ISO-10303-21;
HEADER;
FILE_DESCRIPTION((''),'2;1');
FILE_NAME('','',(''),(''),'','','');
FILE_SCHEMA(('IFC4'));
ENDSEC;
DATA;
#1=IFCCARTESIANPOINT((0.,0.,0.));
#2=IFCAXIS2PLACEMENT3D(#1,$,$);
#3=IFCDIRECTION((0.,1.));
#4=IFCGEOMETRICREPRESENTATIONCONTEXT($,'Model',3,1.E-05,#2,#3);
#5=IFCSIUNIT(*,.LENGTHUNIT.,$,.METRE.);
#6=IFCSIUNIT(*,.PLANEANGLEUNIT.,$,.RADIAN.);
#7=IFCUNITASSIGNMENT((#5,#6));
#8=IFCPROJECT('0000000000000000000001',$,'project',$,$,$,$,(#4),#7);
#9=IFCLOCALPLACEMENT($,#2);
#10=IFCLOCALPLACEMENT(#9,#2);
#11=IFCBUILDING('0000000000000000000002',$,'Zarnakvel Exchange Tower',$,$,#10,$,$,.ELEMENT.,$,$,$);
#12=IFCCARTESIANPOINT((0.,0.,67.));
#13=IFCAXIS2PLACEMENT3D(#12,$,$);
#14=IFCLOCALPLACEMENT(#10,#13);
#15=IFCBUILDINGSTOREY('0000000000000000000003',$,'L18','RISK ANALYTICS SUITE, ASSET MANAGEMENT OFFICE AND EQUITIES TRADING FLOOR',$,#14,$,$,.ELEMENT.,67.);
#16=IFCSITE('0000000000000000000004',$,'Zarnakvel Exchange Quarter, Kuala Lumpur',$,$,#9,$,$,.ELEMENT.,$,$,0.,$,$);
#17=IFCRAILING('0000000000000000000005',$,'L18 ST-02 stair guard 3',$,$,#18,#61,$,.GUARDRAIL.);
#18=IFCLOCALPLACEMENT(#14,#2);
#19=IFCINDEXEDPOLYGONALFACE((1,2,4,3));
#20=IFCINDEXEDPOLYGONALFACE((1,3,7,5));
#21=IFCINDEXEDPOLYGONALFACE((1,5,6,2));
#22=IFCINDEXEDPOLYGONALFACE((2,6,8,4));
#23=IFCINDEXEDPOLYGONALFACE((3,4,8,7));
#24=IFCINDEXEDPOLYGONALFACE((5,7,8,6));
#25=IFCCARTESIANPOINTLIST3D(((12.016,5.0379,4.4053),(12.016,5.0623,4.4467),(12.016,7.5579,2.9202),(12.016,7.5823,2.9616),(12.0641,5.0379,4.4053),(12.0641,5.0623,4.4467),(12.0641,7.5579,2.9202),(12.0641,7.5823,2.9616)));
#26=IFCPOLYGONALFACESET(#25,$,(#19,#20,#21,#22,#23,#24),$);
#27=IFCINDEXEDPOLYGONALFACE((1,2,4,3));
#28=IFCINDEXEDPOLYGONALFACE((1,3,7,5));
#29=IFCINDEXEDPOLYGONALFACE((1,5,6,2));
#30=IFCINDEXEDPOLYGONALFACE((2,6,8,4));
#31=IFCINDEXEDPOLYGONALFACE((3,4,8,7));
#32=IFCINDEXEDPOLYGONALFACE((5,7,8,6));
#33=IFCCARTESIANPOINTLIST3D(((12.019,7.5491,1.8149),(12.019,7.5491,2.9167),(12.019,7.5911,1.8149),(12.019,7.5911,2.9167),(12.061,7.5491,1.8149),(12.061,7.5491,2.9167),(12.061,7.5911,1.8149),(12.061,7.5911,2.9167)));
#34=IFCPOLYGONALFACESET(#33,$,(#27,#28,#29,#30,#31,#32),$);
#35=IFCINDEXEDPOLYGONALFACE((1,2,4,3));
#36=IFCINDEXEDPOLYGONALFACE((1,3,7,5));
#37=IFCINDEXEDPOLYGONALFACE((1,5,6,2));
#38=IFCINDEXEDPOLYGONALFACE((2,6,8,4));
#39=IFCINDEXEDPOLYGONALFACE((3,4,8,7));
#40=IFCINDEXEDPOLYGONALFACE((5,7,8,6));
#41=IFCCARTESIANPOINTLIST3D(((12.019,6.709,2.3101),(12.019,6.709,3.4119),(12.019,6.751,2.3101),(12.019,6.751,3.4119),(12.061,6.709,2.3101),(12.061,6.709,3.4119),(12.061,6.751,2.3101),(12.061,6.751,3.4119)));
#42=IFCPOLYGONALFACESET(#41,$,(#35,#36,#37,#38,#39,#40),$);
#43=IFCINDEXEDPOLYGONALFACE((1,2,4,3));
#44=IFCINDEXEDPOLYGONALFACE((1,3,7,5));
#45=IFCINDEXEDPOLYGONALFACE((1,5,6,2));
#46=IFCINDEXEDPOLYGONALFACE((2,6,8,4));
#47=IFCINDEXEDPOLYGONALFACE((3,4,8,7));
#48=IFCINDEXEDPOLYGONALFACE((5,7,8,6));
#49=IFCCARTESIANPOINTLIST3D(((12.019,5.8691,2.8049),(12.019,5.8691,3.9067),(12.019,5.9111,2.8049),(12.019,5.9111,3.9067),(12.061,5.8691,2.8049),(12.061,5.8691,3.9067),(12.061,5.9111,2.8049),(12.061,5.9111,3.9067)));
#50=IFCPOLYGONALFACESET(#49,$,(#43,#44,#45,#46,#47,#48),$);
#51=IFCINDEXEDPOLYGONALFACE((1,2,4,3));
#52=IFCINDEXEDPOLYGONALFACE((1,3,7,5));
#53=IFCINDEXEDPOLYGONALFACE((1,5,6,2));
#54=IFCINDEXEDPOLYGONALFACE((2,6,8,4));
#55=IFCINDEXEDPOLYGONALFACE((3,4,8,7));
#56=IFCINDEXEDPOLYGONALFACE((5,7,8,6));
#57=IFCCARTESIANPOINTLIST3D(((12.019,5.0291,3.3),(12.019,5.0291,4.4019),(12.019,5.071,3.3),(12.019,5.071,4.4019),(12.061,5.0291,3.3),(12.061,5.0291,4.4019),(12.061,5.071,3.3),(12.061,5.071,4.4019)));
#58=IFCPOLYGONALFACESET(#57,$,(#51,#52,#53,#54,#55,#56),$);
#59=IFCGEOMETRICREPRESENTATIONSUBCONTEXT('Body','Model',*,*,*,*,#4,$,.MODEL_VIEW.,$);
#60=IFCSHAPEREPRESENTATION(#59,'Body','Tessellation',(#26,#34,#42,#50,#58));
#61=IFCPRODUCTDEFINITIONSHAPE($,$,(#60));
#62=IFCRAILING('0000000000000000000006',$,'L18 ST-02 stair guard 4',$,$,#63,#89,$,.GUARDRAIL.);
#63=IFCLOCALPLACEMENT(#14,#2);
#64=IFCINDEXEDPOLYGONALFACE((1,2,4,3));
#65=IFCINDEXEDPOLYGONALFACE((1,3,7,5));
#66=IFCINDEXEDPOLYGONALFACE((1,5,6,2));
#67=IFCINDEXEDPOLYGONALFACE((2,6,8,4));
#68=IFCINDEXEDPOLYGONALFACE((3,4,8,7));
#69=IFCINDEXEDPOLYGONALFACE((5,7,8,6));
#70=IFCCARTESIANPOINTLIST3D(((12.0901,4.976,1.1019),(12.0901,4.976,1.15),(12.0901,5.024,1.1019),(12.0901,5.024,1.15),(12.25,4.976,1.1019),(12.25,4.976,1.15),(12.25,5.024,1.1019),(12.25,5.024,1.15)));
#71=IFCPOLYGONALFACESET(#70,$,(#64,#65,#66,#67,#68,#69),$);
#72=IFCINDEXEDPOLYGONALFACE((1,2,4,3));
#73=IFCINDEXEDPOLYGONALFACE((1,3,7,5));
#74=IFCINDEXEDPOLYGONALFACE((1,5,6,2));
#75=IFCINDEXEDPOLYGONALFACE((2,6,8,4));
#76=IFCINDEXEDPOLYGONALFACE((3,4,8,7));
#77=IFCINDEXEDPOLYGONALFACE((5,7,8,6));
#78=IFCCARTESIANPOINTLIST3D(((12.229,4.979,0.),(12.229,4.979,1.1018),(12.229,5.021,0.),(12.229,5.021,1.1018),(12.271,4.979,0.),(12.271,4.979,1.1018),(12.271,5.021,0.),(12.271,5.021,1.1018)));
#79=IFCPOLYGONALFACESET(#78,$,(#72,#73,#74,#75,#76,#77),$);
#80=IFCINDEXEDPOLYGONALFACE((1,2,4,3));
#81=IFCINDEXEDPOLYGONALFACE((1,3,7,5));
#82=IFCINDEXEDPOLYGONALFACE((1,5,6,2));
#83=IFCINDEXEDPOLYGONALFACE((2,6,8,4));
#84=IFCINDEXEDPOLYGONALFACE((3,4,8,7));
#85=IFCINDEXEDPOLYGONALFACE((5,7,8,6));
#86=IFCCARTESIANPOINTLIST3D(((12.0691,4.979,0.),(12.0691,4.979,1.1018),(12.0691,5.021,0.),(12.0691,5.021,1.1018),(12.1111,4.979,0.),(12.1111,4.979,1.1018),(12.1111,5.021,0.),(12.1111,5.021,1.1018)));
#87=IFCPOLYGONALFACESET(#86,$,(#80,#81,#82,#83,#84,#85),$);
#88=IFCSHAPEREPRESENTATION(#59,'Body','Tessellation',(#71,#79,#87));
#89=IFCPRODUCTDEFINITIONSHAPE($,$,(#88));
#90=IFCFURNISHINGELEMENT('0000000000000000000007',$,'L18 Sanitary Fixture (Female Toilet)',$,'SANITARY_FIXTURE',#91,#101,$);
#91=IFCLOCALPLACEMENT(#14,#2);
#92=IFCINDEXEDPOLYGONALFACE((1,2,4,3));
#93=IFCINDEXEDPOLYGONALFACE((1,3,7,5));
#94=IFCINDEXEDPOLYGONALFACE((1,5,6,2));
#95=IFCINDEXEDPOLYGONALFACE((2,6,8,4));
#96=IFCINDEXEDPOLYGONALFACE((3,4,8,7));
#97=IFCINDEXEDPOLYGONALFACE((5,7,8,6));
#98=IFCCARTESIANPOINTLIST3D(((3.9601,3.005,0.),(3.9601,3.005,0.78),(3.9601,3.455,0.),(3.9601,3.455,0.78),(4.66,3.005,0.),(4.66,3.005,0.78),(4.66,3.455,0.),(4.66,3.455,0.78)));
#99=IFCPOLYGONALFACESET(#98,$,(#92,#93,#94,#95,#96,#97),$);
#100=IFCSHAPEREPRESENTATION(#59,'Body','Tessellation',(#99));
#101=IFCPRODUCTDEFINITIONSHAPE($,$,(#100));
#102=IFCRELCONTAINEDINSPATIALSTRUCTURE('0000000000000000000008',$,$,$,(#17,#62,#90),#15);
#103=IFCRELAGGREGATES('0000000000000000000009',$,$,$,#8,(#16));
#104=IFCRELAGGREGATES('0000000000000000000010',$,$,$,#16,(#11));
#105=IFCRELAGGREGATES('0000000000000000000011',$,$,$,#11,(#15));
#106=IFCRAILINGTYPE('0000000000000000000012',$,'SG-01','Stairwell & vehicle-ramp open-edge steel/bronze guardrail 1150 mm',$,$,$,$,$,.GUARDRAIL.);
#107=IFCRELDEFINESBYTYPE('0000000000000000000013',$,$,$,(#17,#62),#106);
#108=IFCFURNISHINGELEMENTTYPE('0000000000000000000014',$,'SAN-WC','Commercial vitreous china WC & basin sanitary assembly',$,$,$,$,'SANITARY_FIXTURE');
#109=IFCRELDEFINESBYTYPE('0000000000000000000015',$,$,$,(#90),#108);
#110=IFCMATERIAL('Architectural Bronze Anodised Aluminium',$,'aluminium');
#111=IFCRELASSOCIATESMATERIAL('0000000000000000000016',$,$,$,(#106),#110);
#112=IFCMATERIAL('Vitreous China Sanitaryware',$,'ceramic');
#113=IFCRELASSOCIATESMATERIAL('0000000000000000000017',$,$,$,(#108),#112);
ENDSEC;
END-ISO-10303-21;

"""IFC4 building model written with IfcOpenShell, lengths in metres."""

from ifc_helpers import new_model, si_unit, direction, frame, origin, origin_2d, place, context, subcontext, project, spatial, rectangle, extrude, source, transform, mapped, material, type_object, element, save


model = new_model("IFC4")

# Units and contexts
model_context = context("Model", 3, precision=1e-05, world=origin(), true_north=direction((0.0, 1.0)))
body_context = subcontext(model_context, "Body", "Model", "MODEL_VIEW")
ifc_project = project(units=[si_unit("LENGTHUNIT", "METRE"), si_unit("PLANEANGLEUNIT", "RADIAN")], contexts=[model_context])

# Site, building, storey
site_placement = place(None, origin())
site = spatial("IfcSite", under=ifc_project, at=site_placement, Name="Zarnakvel Exchange Quarter, Kuala Lumpur", CompositionType="ELEMENT", RefElevation=0.0)
building_placement = place(site_placement, origin())
building = spatial("IfcBuilding", under=site, at=building_placement, Name="Zarnakvel Exchange Tower", CompositionType="ELEMENT")
storey_placement = place(building_placement, frame((0.0, 0.0, 67.0)))
storey = spatial("IfcBuildingStorey", under=building, at=storey_placement, Name="L18", Description="RISK ANALYTICS SUITE, ASSET MANAGEMENT OFFICE AND EQUITIES TRADING FLOOR", CompositionType="ELEMENT", Elevation=67.0)

# Railings
ifc_material_1 = material(Name="Architectural Bronze Anodised Aluminium", Category="aluminium")
railing_type_1 = type_object("IfcRailingType", Name="SG-01", Description="Stairwell & vehicle-ramp open-edge steel/bronze guardrail 1150 mm", PredefinedType="GUARDRAIL", material=ifc_material_1)
railing_1_placement = place(storey_placement, frame((12.04, 7.5701, 1.8149)))
element("IfcRailing", 1, at=railing_1_placement, inside=storey, type_object=railing_type_1, Name="L18 ST-02 stair guard 3", PredefinedType="GUARDRAIL", context=body_context, shape_type="SweptSolid", body=[
    extrude(rectangle(XDim=0.0481, YDim=0.0481, at=origin_2d()), frame((0.0, 0.0, 1.126), z_axis=(0.0, -0.861524, 0.507717), x_axis=(1.0, 0.0, 0.0)), (0.0, 0.0, 1.0), 2.925),
    extrude(rectangle(XDim=0.042, YDim=0.042, at=origin_2d()), origin(), (0.0, 0.0, 1.0), 1.1018),
    extrude(rectangle(XDim=0.042, YDim=0.042, at=origin_2d()), frame((0.0, -0.8401, 0.4951)), (0.0, 0.0, 1.0), 1.1018),
    extrude(rectangle(XDim=0.042, YDim=0.042, at=origin_2d()), frame((0.0, -1.6799, 0.99)), (0.0, 0.0, 1.0), 1.1018),
    extrude(rectangle(XDim=0.042, YDim=0.042, at=origin_2d()), frame((0.0, -2.52, 1.4851)), (0.0, 0.0, 1.0), 1.1018),
])
railing_2_placement = place(storey_placement, frame((12.25, 5.0, 0.0)))
element("IfcRailing", 2, at=railing_2_placement, inside=storey, type_object=railing_type_1, Name="L18 ST-02 stair guard 4", PredefinedType="GUARDRAIL", context=body_context, shape_type="SweptSolid", body=[
    extrude(rectangle(XDim=0.0481, YDim=0.0481, at=origin_2d()), frame((0.0, 0.0, 1.126), z_axis=(-1.0, 0.0, 0.0), x_axis=(0.0, -1.0, 0.0)), (0.0, 0.0, 1.0), 0.1599),
    extrude(rectangle(XDim=0.042, YDim=0.042, at=origin_2d()), origin(), (0.0, 0.0, 1.0), 1.1018),
    extrude(rectangle(XDim=0.042, YDim=0.042, at=origin_2d()), frame((-0.1599, 0.0, 0.0)), (0.0, 0.0, 1.0), 1.1018),
])

# Furnishing element
ifc_material_2 = material(Name="Vitreous China Sanitaryware", Category="ceramic")
furnishing_element_type = type_object("IfcFurnishingElementType", Name="SAN-WC", Description="Commercial vitreous china WC & basin sanitary assembly", ElementType="SANITARY_FIXTURE", material=ifc_material_2)
shared_shape_1 = source(origin(), body_context, "Body", "SweptSolid", [
    extrude(rectangle(XDim=0.7, YDim=0.45, at=origin_2d()), origin(), (0.0, 0.0, 1.0), 0.78),
])
furnishing_placement = place(storey_placement, frame((4.3101, 3.23, 0.0), z_axis=(0.0, 0.0, 1.0), x_axis=(1.0, 0.0, 0.0)))
element("IfcFurnishingElement", 3, at=furnishing_placement, inside=storey, type_object=furnishing_element_type, Name="L18 Sanitary Fixture (Female Toilet)", ObjectType="SANITARY_FIXTURE", context=body_context, shape_type="MappedRepresentation", body=[
    mapped(shared_shape_1, transform((0.0, 0.0, 0.0), x_axis=(1.0, 0.0, 0.0), y_axis=(0.0, 1.0, 0.0), z_axis=(0.0, 0.0, 1.0), scale=1.0)),
])

save(model, "model.ifc")
